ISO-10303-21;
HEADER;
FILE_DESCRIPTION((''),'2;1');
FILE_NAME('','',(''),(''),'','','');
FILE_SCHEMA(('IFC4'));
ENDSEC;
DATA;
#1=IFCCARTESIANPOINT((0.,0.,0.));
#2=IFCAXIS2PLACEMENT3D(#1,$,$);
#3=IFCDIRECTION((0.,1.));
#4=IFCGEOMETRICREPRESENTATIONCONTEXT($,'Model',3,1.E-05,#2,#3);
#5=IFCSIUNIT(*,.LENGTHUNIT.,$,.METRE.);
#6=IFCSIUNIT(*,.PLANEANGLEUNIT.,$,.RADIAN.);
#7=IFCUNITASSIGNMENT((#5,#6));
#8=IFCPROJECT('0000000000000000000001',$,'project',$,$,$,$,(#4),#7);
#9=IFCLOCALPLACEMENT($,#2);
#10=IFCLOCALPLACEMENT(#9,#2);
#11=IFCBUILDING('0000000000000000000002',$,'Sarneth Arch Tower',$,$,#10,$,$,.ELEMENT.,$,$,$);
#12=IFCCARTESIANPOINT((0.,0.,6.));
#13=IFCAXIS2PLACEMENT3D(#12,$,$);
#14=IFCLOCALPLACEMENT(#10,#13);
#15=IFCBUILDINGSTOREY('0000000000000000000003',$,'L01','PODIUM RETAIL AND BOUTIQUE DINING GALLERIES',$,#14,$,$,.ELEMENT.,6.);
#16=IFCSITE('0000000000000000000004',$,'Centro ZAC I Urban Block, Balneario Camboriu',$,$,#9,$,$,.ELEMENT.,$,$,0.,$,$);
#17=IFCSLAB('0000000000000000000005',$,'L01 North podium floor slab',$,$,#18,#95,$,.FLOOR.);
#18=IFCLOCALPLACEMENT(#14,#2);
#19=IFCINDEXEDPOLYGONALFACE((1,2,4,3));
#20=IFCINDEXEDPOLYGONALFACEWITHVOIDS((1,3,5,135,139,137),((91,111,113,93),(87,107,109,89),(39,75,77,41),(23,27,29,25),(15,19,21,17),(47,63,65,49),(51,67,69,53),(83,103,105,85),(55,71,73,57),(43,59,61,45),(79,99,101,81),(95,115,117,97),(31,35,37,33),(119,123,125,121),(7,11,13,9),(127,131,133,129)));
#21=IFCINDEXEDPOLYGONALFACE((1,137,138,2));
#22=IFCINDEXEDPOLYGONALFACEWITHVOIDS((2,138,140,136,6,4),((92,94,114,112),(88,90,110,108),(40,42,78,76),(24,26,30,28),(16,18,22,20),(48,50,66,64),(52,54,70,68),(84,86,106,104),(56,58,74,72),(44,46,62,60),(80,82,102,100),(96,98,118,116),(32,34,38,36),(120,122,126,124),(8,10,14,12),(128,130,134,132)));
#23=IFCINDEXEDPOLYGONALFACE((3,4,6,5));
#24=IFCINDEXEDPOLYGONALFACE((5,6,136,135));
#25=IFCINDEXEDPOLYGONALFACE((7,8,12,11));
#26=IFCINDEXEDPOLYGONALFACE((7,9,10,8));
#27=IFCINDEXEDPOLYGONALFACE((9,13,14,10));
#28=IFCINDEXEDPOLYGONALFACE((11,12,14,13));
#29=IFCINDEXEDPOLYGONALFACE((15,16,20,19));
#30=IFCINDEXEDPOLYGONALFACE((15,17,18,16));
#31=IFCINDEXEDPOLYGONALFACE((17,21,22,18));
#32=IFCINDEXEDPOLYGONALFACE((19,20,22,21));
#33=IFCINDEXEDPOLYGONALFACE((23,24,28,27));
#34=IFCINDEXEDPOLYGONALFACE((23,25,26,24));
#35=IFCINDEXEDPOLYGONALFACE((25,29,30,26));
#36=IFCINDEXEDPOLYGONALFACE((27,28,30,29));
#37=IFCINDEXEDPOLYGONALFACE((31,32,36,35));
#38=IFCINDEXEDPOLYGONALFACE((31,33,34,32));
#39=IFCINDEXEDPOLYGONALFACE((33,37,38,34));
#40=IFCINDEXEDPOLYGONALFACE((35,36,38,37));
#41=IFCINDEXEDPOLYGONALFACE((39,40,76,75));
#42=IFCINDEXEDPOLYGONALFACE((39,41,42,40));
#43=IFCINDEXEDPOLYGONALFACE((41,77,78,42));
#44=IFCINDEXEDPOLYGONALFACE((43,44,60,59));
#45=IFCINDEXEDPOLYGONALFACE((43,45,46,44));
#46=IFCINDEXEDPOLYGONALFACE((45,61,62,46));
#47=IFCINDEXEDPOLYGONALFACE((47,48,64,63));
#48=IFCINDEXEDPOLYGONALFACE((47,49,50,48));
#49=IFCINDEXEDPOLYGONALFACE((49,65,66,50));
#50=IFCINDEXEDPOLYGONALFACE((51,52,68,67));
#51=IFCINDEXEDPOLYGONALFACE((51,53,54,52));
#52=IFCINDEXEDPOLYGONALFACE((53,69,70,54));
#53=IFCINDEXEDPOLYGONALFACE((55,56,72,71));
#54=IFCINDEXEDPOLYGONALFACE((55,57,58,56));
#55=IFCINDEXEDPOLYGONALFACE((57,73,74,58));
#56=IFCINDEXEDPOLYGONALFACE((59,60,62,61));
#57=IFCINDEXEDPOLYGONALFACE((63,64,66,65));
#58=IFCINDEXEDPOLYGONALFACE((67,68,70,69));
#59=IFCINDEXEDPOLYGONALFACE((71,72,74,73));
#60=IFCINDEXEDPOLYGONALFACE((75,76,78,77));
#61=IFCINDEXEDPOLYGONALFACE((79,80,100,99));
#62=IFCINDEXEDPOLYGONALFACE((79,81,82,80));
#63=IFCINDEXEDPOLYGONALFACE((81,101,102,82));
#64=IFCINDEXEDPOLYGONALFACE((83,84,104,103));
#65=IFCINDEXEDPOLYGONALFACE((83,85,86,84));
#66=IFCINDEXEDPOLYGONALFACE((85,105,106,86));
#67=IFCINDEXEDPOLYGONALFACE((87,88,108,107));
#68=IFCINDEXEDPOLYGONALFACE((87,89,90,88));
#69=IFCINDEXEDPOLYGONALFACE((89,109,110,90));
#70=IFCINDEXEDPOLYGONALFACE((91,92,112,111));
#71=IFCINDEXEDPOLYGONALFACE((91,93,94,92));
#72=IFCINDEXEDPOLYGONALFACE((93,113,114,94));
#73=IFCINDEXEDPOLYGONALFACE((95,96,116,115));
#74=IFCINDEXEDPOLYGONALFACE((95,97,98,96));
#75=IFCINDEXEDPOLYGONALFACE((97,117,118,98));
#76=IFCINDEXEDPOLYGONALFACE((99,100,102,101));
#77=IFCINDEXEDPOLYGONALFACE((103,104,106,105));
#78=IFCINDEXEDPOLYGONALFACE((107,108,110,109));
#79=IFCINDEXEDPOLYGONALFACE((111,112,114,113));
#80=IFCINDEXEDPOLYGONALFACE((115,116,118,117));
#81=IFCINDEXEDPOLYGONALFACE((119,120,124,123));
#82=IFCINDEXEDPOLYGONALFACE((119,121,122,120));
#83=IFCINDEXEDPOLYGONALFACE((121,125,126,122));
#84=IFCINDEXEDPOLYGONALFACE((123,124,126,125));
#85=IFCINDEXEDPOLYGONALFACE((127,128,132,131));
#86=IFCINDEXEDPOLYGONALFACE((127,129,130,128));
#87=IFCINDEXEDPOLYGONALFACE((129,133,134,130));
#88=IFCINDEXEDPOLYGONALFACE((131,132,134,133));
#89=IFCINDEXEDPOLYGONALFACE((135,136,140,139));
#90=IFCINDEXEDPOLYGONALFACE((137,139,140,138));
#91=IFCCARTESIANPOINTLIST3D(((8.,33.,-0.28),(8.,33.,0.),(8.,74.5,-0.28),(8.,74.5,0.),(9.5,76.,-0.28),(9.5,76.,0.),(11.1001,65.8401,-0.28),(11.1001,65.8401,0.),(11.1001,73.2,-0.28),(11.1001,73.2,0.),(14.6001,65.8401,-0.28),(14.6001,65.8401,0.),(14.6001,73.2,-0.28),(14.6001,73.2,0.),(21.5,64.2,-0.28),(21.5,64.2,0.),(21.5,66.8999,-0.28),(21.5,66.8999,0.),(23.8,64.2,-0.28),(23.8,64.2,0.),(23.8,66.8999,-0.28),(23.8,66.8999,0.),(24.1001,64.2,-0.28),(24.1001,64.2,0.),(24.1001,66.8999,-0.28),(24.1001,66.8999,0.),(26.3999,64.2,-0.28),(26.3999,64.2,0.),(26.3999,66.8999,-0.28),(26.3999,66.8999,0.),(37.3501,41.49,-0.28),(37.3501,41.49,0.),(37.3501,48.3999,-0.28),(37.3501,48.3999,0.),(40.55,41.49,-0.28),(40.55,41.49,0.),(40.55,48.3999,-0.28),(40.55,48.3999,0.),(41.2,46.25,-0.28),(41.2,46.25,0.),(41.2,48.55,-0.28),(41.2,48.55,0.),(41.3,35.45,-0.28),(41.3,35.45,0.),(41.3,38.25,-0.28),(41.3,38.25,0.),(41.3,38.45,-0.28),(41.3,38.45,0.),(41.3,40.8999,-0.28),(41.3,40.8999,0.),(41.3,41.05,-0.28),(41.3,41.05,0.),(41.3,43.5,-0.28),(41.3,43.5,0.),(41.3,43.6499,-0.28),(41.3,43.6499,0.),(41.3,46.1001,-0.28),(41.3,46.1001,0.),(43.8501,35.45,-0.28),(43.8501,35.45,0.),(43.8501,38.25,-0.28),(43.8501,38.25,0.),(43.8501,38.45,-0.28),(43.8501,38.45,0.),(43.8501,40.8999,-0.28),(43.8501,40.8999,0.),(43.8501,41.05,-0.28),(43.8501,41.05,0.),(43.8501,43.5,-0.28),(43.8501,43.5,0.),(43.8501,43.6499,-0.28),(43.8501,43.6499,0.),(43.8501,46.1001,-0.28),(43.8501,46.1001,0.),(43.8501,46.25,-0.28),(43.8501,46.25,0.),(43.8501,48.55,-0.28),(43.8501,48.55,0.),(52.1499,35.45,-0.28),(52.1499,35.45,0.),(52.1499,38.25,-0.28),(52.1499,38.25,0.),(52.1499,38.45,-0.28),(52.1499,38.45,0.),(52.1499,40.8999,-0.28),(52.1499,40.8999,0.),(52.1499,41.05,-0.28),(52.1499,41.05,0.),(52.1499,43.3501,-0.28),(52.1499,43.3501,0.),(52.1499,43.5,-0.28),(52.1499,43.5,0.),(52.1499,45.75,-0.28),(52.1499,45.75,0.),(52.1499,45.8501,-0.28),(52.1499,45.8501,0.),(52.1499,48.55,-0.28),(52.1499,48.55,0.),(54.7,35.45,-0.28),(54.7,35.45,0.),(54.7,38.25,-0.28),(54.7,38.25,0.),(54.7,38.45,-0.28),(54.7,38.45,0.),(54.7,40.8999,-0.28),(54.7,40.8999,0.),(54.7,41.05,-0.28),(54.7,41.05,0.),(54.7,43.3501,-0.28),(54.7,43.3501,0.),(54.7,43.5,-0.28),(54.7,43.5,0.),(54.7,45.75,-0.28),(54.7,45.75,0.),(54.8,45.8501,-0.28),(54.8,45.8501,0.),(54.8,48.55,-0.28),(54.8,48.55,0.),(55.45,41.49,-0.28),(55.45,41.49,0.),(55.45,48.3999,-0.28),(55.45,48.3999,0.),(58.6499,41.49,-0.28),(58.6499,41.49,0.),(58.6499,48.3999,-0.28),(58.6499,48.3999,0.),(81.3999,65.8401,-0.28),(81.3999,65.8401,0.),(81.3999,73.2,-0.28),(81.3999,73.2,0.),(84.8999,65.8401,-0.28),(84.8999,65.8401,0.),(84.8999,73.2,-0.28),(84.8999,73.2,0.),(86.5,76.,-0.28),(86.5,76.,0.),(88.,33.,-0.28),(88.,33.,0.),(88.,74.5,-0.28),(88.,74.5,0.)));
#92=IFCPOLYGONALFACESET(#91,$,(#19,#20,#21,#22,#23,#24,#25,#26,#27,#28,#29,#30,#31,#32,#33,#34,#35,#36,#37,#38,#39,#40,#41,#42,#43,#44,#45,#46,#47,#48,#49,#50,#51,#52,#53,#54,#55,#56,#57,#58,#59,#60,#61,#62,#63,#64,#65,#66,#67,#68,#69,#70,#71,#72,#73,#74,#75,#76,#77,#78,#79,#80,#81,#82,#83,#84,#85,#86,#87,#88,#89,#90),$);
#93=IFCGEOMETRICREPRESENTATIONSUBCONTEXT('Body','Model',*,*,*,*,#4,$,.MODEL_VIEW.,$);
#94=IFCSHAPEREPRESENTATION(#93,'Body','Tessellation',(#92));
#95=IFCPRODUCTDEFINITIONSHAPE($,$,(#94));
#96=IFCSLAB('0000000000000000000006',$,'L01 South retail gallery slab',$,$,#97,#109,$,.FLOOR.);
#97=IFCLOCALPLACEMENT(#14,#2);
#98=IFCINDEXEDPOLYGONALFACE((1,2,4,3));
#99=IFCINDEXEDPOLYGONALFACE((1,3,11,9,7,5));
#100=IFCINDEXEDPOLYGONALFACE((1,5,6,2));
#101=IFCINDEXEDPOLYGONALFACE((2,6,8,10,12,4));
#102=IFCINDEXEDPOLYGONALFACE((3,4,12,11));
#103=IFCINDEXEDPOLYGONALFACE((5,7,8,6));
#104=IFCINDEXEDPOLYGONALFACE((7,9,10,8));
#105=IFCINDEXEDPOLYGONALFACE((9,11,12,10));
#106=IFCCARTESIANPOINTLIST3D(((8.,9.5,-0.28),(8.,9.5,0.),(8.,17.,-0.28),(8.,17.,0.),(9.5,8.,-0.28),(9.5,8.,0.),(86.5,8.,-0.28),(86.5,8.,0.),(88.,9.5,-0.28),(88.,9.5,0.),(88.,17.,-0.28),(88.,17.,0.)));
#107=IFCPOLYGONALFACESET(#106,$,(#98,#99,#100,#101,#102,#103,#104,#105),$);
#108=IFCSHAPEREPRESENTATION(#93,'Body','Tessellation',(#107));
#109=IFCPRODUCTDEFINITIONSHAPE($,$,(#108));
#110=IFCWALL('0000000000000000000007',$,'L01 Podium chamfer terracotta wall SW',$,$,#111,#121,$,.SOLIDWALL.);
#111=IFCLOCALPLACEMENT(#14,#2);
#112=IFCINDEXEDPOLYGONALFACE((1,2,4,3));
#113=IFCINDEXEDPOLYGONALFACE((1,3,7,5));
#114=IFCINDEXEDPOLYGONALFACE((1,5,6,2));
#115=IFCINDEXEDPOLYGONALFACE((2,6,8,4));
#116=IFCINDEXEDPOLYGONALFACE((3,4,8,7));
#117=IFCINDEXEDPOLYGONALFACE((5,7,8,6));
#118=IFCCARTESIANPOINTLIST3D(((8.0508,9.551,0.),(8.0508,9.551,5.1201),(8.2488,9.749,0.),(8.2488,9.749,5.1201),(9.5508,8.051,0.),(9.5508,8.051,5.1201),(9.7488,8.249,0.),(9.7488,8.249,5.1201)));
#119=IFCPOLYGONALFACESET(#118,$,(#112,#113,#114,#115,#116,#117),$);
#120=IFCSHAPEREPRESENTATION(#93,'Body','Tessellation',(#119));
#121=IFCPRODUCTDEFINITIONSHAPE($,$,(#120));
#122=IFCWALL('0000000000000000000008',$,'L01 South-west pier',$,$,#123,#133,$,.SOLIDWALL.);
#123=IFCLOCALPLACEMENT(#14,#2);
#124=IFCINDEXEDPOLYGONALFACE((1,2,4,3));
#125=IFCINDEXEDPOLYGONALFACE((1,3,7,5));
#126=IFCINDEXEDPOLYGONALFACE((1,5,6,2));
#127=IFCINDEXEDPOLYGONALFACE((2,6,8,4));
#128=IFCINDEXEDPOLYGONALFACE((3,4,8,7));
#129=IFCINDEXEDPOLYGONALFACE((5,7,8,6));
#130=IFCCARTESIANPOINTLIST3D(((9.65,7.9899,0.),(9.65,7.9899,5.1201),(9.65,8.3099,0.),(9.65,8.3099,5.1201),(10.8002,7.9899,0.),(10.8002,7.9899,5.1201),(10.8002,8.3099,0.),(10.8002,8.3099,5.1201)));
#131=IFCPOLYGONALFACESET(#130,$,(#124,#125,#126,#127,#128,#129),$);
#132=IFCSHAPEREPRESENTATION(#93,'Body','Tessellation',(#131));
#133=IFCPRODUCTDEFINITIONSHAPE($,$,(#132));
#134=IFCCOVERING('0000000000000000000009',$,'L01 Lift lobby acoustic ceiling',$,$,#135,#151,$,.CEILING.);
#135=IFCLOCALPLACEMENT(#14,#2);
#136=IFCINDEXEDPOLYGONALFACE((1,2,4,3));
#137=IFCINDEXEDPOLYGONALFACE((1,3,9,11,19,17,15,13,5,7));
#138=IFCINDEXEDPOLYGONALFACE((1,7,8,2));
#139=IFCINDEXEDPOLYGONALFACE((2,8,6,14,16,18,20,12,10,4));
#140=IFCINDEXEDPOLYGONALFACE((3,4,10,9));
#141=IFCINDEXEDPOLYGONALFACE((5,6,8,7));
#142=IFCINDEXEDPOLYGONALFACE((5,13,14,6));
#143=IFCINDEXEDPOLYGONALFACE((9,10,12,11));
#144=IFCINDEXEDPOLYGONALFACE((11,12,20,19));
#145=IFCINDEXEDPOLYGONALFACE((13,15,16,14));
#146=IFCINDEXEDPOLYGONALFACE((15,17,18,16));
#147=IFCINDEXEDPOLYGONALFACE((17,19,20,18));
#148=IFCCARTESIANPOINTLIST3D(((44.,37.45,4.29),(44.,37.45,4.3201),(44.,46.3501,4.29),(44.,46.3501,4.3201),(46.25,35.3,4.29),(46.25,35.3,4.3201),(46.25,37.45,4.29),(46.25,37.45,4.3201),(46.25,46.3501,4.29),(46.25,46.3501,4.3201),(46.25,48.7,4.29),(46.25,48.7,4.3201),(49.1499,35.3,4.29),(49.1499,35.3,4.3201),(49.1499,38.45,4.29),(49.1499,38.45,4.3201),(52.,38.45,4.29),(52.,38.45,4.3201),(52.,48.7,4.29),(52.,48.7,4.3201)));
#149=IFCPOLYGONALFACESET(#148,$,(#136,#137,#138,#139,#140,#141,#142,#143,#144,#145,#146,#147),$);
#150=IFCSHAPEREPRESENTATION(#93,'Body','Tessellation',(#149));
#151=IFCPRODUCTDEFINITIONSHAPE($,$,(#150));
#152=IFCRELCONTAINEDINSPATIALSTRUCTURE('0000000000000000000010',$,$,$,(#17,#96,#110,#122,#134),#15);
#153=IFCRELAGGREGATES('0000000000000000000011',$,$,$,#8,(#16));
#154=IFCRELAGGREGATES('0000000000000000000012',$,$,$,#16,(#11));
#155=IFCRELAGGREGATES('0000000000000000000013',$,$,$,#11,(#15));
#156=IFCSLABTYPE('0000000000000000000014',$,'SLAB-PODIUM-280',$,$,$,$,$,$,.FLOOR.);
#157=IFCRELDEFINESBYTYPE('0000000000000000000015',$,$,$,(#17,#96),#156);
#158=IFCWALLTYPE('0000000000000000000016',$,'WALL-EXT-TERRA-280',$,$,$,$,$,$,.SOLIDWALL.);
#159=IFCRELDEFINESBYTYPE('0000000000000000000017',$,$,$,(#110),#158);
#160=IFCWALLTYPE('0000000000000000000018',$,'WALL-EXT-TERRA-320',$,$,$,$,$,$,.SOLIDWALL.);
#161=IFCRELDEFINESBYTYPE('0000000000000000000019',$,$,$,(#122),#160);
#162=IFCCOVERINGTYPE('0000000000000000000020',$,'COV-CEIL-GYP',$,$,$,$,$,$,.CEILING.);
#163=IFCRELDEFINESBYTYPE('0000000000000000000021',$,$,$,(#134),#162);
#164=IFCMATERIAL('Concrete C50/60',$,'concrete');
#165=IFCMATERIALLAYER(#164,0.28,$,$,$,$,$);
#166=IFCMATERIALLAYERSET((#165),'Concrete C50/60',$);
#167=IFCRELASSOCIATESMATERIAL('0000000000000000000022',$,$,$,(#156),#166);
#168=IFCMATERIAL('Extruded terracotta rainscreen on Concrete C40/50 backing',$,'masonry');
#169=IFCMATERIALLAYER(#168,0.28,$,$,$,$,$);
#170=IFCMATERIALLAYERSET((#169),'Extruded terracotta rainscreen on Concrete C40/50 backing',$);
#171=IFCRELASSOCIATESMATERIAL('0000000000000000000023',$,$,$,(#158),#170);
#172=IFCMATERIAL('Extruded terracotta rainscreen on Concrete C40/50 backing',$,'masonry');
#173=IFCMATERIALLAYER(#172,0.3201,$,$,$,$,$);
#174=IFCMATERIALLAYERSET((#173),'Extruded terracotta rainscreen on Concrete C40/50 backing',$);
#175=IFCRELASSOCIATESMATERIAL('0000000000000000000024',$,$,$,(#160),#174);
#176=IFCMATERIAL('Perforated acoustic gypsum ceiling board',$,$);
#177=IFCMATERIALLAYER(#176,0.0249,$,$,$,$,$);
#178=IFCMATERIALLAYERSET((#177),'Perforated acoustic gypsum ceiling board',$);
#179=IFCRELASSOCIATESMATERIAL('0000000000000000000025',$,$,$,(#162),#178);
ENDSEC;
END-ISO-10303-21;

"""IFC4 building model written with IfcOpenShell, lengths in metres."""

from ifc_helpers import new_model, si_unit, direction, frame, frame_2d, origin, place, context, subcontext, project, spatial, polyline, rectangle, outline, extrude, material, layer, layer_set, type_object, element, save


model = new_model("IFC4")

# Units and contexts
model_context = context("Model", 3, precision=1e-05, world=origin(), true_north=direction((0.0, 1.0)))
body_context = subcontext(model_context, "Body", "Model", "MODEL_VIEW")
ifc_project = project(units=[si_unit("LENGTHUNIT", "METRE"), si_unit("PLANEANGLEUNIT", "RADIAN")], contexts=[model_context])

# Site, building, storey
site_placement = place(None, origin())
site = spatial("IfcSite", under=ifc_project, at=site_placement, Name="Centro ZAC I Urban Block, Balneario Camboriu", CompositionType="ELEMENT", RefElevation=0.0)
building_placement = place(site_placement, origin())
building = spatial("IfcBuilding", under=site, at=building_placement, Name="Sarneth Arch Tower", CompositionType="ELEMENT")
storey_placement = place(building_placement, frame((0.0, 0.0, 6.0)))
storey = spatial("IfcBuildingStorey", under=building, at=storey_placement, Name="L01", Description="PODIUM RETAIL AND BOUTIQUE DINING GALLERIES", CompositionType="ELEMENT", Elevation=6.0)

# Slabs
ifc_material_1 = material(Name="Concrete C50/60", Category="concrete")
ifc_layer_1 = layer(ifc_material_1, 0.28)
ifc_layer_set_1 = layer_set([ifc_layer_1], Name="Concrete C50/60")
slab_type_1 = type_object("IfcSlabType", Name="SLAB-PODIUM-280", PredefinedType="FLOOR", material=ifc_layer_set_1)
slab_1_placement = place(storey_placement, frame((0.0, 0.0, -0.28)))
element("IfcSlab", 1, at=slab_1_placement, inside=storey, type_object=slab_type_1, Name="L01 North podium floor slab", PredefinedType="FLOOR", context=body_context, shape_type="SweptSolid", body=[
    extrude(outline(polyline([(8.0, 33.0), (88.0, 33.0), (88.0, 74.5), (86.5, 76.0), (9.5, 76.0), (8.0, 74.5), (8.0, 33.0)]), holes=[polyline([(37.3501, 41.49), (40.55, 41.49), (40.55, 48.3999), (37.3501, 48.3999), (37.3501, 41.49)]), polyline([(55.45, 41.49), (58.6499, 41.49), (58.6499, 48.3999), (55.45, 48.3999), (55.45, 41.49)]), polyline([(11.1001, 65.8401), (14.6001, 65.8401), (14.6001, 73.2), (11.1001, 73.2), (11.1001, 65.8401)]), polyline([(81.3999, 65.8401), (84.8999, 65.8401), (84.8999, 73.2), (81.3999, 73.2), (81.3999, 65.8401)]), polyline([(41.2, 46.25), (43.8501, 46.25), (43.8501, 48.55), (41.2, 48.55), (41.2, 46.25)]), polyline([(41.3, 35.45), (43.8501, 35.45), (43.8501, 38.25), (41.3, 38.25), (41.3, 35.45)]), polyline([(52.1499, 35.45), (54.7, 35.45), (54.7, 38.25), (52.1499, 38.25), (52.1499, 35.45)]), polyline([(52.1499, 45.8501), (54.8, 45.8501), (54.8, 48.55), (52.1499, 48.55), (52.1499, 45.8501)]), polyline([(41.3, 38.45), (43.8501, 38.45), (43.8501, 40.8999), (41.3, 40.8999), (41.3, 38.45)]), polyline([(41.3, 41.05), (43.8501, 41.05), (43.8501, 43.5), (41.3, 43.5), (41.3, 41.05)]), polyline([(41.3, 43.6499), (43.8501, 43.6499), (43.8501, 46.1001), (41.3, 46.1001), (41.3, 43.6499)]), polyline([(52.1499, 38.45), (54.7, 38.45), (54.7, 40.8999), (52.1499, 40.8999), (52.1499, 38.45)]), polyline([(52.1499, 41.05), (54.7, 41.05), (54.7, 43.3501), (52.1499, 43.3501), (52.1499, 41.05)]), polyline([(52.1499, 43.5), (54.7, 43.5), (54.7, 45.75), (52.1499, 45.75), (52.1499, 43.5)]), polyline([(21.5, 64.2), (23.8, 64.2), (23.8, 66.8999), (21.5, 66.8999), (21.5, 64.2)]), polyline([(24.1001, 64.2), (26.3999, 64.2), (26.3999, 66.8999), (24.1001, 66.8999), (24.1001, 64.2)])]), origin(), (0.0, 0.0, 1.0), 0.28),
])
slab_2_placement = place(storey_placement, frame((0.0, 0.0, -0.28)))
element("IfcSlab", 2, at=slab_2_placement, inside=storey, type_object=slab_type_1, Name="L01 South retail gallery slab", PredefinedType="FLOOR", context=body_context, shape_type="SweptSolid", body=[
    extrude(outline(polyline([(9.5, 8.0), (86.5, 8.0), (88.0, 9.5), (88.0, 17.0), (8.0, 17.0), (8.0, 9.5), (9.5, 8.0)])), origin(), (0.0, 0.0, 1.0), 0.28),
])

# Walls
ifc_material_2 = material(Name="Extruded terracotta rainscreen on Concrete C40/50 backing", Category="masonry")
ifc_layer_2 = layer(ifc_material_2, 0.28)
ifc_layer_set_2 = layer_set([ifc_layer_2], Name="Extruded terracotta rainscreen on Concrete C40/50 backing")
wall_type_1 = type_object("IfcWallType", Name="WALL-EXT-TERRA-280", PredefinedType="SOLIDWALL", material=ifc_layer_set_2)
wall_1_placement = place(storey_placement, frame((8.1499, 9.6499, 0.0), z_axis=(0.0, 0.0, 1.0), x_axis=(0.707107, -0.707107, 0.0)))
element("IfcWall", 3, at=wall_1_placement, inside=storey, type_object=wall_type_1, Name="L01 Podium chamfer terracotta wall SW", PredefinedType="SOLIDWALL", context=body_context, shape_type="SweptSolid", body=[
    extrude(rectangle(XDim=2.1213, YDim=0.28, at=frame_2d((1.0605, 0.0))), origin(), (0.0, 0.0, 1.0), 5.1201),
])
ifc_material_3 = material(Name="Extruded terracotta rainscreen on Concrete C40/50 backing", Category="masonry")
ifc_layer_3 = layer(ifc_material_3, 0.3201)
ifc_layer_set_3 = layer_set([ifc_layer_3], Name="Extruded terracotta rainscreen on Concrete C40/50 backing")
wall_type_2 = type_object("IfcWallType", Name="WALL-EXT-TERRA-320", PredefinedType="SOLIDWALL", material=ifc_layer_set_3)
wall_2_placement = place(storey_placement, frame((9.6499, 8.1499, 0.0), z_axis=(0.0, 0.0, 1.0), x_axis=(1.0, 0.0, 0.0)))
element("IfcWall", 4, at=wall_2_placement, inside=storey, type_object=wall_type_2, Name="L01 South-west pier", PredefinedType="SOLIDWALL", context=body_context, shape_type="SweptSolid", body=[
    extrude(rectangle(XDim=1.1501, YDim=0.3201, at=frame_2d((0.5752, 0.0))), origin(), (0.0, 0.0, 1.0), 5.1201),
])

# Covering
ifc_material_4 = material(Name="Perforated acoustic gypsum ceiling board")
ifc_layer_4 = layer(ifc_material_4, 0.0249)
ifc_layer_set_4 = layer_set([ifc_layer_4], Name="Perforated acoustic gypsum ceiling board")
covering_type = type_object("IfcCoveringType", Name="COV-CEIL-GYP", PredefinedType="CEILING", material=ifc_layer_set_4)
covering_placement = place(storey_placement, frame((0.0, 0.0, 4.29)))
element("IfcCovering", 5, at=covering_placement, inside=storey, type_object=covering_type, Name="L01 Lift lobby acoustic ceiling", PredefinedType="CEILING", context=body_context, shape_type="SweptSolid", body=[
    extrude(outline(polyline([(49.1499, 38.45), (49.1499, 35.3), (46.25, 35.3), (46.25, 37.45), (44.0, 37.45), (44.0, 46.3501), (46.25, 46.3501), (46.25, 48.7), (52.0, 48.7), (52.0, 38.45), (49.1499, 38.45)])), origin(), (0.0, 0.0, 1.0), 0.03),
])

save(model, "model.ifc")
